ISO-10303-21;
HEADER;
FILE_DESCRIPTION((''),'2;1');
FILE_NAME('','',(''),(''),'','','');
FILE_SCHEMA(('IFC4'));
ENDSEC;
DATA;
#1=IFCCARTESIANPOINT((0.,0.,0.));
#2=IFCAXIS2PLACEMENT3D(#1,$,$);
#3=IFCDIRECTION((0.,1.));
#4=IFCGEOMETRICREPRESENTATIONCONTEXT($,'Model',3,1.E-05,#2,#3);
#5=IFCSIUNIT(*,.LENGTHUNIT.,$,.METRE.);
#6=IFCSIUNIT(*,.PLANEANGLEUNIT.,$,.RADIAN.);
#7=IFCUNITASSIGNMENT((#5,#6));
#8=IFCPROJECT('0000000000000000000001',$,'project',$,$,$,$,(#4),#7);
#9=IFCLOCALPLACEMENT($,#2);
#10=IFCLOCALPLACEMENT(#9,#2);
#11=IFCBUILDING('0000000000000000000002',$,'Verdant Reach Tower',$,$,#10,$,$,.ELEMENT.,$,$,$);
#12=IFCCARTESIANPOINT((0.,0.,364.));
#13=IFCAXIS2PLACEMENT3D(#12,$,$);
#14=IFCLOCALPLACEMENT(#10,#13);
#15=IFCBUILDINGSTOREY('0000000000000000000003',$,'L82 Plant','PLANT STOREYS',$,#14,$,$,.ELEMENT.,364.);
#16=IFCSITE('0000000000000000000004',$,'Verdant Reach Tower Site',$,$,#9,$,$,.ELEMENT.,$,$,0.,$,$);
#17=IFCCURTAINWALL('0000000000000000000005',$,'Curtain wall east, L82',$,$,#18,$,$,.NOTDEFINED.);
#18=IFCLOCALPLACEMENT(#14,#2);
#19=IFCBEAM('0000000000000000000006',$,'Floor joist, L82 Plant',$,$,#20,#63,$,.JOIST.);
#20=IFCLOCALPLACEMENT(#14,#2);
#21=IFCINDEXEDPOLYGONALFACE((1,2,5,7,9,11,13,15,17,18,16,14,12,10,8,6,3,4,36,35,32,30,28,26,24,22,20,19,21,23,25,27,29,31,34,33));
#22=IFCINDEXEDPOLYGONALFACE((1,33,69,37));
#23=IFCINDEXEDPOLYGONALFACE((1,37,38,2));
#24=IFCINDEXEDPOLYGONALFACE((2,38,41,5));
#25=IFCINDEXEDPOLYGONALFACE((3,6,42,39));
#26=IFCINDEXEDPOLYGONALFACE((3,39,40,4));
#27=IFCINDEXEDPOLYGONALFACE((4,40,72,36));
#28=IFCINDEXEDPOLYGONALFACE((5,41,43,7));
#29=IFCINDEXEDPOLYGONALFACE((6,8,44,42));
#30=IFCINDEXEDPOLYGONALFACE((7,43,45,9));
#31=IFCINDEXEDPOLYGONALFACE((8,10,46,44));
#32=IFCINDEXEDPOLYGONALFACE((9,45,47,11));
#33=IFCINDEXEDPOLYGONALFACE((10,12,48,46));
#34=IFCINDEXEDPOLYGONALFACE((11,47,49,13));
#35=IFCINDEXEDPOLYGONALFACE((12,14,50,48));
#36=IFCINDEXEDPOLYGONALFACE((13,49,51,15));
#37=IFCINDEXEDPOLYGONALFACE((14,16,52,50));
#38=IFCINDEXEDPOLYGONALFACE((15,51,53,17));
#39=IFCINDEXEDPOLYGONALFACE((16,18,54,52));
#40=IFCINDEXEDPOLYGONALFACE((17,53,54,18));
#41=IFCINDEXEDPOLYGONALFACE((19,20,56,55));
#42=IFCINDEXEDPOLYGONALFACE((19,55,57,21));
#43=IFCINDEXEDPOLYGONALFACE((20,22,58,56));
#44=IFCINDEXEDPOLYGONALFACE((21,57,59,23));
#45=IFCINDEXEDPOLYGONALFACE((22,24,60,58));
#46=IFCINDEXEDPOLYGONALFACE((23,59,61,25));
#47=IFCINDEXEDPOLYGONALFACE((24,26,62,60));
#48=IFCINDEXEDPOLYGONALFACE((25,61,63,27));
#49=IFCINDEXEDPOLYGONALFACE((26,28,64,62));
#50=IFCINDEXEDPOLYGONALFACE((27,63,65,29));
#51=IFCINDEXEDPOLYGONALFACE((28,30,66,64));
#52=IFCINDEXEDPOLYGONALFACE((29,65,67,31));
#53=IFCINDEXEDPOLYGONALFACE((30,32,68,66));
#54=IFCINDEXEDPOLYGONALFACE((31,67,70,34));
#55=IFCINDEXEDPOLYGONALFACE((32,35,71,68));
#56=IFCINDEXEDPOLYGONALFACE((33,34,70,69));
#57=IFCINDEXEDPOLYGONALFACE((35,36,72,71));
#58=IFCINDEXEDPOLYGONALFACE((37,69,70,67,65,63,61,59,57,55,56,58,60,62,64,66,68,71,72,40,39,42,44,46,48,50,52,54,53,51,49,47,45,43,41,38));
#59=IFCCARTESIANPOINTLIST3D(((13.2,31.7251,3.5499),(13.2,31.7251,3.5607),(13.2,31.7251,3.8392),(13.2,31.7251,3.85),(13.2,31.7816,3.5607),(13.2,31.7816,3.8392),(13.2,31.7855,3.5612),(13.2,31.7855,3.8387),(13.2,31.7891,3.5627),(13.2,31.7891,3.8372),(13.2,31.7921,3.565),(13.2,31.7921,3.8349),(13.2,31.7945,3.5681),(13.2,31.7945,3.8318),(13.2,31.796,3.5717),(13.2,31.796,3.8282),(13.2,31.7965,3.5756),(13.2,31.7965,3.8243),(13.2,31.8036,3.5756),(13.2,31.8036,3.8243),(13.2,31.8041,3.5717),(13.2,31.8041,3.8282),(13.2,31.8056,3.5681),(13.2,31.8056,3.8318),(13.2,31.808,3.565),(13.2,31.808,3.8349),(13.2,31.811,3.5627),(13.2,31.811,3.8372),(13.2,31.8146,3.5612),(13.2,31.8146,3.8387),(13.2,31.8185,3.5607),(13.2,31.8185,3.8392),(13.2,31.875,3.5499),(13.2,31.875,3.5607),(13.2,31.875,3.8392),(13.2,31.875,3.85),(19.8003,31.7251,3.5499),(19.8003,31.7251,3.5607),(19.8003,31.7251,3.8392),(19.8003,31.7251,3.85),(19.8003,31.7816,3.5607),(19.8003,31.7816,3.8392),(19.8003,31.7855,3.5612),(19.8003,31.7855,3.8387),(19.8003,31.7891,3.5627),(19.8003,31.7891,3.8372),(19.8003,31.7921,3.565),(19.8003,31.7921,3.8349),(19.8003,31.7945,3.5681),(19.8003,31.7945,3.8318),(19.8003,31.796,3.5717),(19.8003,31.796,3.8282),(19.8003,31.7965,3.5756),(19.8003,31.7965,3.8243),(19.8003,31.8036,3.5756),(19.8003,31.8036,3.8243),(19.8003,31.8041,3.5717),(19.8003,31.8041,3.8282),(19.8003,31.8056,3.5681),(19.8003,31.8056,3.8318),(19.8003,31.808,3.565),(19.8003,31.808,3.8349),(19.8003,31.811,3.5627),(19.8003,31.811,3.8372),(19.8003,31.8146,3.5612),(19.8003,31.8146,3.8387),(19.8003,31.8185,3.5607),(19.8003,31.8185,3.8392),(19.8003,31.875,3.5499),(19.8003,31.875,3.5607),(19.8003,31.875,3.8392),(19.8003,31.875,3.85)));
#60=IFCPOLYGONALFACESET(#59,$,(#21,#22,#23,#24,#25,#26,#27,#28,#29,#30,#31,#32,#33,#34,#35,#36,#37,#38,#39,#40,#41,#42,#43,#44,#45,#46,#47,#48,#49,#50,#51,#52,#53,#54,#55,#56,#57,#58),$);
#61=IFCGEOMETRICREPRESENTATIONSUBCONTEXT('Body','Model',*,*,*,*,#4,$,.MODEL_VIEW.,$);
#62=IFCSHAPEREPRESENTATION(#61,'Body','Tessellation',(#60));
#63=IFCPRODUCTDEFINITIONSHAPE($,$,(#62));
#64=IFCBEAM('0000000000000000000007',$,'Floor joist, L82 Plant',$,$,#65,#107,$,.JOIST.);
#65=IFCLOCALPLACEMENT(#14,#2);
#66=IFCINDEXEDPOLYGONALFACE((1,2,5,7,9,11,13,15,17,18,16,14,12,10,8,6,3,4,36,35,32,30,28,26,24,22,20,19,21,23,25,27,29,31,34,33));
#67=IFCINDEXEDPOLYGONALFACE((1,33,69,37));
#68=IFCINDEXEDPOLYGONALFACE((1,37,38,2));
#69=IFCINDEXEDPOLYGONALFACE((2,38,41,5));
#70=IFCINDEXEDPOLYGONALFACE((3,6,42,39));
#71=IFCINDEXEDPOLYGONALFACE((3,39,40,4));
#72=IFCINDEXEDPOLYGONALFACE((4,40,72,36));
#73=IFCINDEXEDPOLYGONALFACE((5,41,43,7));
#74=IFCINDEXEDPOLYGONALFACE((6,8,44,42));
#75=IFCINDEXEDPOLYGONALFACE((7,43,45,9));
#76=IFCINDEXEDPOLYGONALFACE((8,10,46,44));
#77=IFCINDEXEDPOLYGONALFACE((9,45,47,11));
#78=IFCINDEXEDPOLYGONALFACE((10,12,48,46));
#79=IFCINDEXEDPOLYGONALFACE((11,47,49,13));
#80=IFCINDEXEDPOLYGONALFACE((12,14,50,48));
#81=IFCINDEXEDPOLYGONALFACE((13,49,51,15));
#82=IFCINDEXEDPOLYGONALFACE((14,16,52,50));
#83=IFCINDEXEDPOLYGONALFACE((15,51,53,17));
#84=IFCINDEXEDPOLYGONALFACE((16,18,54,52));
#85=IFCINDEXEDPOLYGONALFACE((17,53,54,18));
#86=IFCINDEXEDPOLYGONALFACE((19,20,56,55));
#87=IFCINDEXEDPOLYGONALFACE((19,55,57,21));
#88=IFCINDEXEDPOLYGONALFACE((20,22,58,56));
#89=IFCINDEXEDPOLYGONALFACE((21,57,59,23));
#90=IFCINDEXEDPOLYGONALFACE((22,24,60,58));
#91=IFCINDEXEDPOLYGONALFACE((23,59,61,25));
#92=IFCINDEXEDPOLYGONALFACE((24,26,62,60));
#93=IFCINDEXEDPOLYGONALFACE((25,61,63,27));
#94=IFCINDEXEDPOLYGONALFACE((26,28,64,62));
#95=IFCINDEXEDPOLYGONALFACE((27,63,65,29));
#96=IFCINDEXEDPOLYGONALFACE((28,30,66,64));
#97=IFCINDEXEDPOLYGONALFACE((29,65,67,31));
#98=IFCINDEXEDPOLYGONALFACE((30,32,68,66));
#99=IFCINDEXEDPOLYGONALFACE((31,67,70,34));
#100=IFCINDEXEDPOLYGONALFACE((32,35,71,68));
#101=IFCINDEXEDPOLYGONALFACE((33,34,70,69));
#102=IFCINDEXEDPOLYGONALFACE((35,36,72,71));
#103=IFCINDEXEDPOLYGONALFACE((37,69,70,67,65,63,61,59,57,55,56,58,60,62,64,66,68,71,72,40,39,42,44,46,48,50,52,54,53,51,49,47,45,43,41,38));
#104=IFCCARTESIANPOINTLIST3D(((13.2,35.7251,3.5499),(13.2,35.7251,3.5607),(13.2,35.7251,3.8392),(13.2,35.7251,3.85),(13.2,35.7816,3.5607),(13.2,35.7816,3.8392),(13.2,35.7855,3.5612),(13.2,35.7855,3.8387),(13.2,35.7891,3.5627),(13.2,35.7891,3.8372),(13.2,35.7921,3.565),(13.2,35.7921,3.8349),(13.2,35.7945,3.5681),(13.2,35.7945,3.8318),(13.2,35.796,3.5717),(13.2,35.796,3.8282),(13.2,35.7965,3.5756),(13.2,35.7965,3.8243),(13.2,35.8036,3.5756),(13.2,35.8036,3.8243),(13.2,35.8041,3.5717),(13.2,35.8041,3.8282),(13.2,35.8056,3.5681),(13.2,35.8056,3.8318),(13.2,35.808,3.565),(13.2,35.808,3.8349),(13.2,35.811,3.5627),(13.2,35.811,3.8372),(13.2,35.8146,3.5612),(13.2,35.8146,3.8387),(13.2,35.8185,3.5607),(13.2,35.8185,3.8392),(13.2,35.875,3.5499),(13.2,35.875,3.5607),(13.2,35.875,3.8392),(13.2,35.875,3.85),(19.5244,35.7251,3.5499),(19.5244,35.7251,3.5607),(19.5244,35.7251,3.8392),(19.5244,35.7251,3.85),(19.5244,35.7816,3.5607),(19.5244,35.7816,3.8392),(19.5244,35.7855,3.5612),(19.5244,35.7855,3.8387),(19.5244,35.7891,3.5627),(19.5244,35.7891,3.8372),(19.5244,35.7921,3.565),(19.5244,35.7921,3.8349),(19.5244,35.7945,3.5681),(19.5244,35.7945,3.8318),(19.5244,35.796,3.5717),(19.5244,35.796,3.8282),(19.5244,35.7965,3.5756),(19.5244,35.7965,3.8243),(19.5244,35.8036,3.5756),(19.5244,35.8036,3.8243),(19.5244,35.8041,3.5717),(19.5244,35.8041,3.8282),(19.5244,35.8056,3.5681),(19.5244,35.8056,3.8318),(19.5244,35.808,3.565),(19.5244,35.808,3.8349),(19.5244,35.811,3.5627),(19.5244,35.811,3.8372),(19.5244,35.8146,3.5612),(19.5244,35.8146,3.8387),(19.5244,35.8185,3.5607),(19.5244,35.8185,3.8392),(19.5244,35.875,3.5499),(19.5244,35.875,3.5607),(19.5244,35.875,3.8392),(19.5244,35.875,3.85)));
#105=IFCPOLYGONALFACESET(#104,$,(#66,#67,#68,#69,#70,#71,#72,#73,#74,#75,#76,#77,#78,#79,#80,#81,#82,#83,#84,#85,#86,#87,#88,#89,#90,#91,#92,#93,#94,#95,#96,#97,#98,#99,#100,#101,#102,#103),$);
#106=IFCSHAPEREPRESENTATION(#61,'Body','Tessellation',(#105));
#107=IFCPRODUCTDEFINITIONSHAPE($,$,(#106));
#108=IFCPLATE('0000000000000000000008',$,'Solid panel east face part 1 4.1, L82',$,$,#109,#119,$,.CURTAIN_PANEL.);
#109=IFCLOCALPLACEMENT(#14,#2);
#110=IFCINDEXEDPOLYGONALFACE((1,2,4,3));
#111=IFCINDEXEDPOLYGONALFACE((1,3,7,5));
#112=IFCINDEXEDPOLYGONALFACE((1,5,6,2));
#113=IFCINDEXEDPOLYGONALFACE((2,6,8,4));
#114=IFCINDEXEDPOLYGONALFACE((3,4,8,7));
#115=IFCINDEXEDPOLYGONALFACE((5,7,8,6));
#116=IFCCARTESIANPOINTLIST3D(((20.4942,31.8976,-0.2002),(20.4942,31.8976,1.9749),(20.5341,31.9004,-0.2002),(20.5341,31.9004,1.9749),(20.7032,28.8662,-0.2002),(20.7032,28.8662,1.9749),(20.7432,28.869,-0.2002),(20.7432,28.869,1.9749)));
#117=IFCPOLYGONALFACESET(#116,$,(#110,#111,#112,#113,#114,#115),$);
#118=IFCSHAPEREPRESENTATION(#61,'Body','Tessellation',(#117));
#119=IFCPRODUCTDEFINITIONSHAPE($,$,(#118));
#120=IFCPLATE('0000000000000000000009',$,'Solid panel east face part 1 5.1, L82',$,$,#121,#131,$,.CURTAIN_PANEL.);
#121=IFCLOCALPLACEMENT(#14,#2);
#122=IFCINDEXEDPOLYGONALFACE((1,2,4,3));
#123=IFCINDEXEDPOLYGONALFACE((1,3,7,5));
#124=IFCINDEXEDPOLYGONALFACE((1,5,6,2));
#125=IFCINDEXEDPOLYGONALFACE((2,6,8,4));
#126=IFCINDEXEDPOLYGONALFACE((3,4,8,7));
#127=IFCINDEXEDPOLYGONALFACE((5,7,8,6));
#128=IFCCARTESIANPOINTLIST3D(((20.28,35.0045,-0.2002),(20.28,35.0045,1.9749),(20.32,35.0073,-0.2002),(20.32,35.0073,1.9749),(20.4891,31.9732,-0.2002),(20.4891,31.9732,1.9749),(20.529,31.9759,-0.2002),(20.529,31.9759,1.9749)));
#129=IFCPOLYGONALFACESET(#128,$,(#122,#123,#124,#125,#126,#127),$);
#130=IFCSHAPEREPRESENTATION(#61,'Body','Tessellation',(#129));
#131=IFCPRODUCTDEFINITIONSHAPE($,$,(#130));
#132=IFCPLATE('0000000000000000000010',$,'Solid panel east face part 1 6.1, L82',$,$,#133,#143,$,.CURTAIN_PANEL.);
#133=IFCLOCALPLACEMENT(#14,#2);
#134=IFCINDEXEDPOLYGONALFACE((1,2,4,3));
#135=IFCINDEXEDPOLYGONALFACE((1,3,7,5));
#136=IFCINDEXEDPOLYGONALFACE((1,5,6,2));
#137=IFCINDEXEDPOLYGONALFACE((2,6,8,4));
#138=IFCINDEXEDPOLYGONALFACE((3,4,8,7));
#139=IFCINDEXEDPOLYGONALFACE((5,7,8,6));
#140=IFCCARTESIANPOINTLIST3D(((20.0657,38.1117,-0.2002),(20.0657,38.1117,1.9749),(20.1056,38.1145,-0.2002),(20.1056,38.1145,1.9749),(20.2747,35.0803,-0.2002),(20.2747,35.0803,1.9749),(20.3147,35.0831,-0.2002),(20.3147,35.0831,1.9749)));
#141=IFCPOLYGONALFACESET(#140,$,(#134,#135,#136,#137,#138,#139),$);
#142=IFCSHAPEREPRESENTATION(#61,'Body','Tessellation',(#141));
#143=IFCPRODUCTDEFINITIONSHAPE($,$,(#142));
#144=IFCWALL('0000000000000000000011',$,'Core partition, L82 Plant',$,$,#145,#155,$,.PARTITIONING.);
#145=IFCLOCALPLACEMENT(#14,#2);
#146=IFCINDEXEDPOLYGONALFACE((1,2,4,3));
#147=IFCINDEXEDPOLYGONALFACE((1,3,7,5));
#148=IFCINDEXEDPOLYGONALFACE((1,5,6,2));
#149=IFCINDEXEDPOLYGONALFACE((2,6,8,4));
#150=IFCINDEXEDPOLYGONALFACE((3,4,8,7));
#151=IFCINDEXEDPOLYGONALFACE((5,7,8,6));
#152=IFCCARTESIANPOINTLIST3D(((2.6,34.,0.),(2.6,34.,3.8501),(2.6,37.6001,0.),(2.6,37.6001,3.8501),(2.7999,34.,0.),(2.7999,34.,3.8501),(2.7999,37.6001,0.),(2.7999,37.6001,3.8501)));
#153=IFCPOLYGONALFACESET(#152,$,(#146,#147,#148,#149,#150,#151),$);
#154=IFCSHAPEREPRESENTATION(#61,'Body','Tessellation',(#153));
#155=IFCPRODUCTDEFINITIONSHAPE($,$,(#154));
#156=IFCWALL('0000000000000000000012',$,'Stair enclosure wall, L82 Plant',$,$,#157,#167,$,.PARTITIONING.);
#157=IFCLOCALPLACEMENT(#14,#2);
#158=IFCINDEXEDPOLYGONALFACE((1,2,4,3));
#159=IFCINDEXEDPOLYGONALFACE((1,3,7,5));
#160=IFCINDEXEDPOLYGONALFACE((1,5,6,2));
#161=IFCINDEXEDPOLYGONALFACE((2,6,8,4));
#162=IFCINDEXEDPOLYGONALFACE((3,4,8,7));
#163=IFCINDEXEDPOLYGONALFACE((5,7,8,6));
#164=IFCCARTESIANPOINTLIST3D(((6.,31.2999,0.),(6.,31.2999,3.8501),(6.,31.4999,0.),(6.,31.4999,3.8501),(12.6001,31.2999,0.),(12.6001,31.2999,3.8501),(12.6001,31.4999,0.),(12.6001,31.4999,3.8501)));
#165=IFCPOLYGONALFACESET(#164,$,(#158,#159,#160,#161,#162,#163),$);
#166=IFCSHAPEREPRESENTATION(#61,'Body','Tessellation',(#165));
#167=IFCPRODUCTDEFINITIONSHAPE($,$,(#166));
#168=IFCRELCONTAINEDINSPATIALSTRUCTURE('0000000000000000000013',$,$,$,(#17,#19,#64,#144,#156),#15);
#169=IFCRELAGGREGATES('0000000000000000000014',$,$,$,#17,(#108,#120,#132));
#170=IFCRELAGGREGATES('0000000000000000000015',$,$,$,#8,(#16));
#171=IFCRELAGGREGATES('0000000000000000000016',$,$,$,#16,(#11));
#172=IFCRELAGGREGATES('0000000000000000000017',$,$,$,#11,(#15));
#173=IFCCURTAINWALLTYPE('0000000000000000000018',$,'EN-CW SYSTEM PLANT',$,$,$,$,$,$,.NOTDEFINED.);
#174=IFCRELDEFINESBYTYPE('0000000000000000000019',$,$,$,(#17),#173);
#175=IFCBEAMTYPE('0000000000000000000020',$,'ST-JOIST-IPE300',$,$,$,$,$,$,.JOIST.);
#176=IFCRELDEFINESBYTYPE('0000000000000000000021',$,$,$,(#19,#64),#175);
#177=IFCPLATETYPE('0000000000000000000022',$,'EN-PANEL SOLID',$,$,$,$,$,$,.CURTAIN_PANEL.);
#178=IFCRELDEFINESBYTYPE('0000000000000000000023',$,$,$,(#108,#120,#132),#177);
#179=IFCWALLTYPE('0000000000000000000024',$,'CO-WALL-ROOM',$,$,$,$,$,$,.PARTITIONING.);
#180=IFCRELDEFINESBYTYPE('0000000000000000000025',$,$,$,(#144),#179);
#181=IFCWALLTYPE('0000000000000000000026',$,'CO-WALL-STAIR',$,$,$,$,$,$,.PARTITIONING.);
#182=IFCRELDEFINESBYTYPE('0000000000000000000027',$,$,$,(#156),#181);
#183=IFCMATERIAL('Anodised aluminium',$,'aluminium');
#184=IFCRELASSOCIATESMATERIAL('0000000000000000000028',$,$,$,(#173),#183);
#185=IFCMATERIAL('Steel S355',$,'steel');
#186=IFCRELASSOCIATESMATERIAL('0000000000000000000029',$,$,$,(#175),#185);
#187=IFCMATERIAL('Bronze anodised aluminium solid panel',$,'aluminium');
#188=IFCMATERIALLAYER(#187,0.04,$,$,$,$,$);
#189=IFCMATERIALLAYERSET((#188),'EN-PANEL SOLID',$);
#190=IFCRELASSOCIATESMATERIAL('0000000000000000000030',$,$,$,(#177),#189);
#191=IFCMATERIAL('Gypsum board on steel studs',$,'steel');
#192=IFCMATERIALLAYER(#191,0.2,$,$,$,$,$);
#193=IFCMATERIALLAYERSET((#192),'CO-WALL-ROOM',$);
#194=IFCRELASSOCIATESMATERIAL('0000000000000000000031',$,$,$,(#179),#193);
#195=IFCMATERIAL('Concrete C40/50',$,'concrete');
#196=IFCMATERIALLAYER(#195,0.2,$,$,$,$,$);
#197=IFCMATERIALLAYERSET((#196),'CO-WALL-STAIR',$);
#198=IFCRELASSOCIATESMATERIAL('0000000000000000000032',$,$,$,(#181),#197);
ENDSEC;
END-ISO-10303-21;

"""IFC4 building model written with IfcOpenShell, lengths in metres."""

from ifc_helpers import new_model, si_unit, direction, frame, frame_2d, origin, origin_2d, place, context, subcontext, project, spatial, rectangle, i_section, extrude, material, layer, layer_set, material_profile, profile_set, type_object, element, aggregate, save


model = new_model("IFC4")

# Units and contexts
model_context = context("Model", 3, precision=1e-05, world=origin(), true_north=direction((0.0, 1.0)))
body_context = subcontext(model_context, "Body", "Model", "MODEL_VIEW")
ifc_project = project(units=[si_unit("LENGTHUNIT", "METRE"), si_unit("PLANEANGLEUNIT", "RADIAN")], contexts=[model_context])

# Site, building, storey
site_placement = place(None, origin())
site = spatial("IfcSite", under=ifc_project, at=site_placement, Name="Verdant Reach Tower Site", CompositionType="ELEMENT", RefElevation=0.0)
building_placement = place(site_placement, origin())
building = spatial("IfcBuilding", under=site, at=building_placement, Name="Verdant Reach Tower", CompositionType="ELEMENT")
storey_placement = place(building_placement, frame((0.0, 0.0, 364.0)))
storey = spatial("IfcBuildingStorey", under=building, at=storey_placement, Name="L82 Plant", Description="PLANT STOREYS", CompositionType="ELEMENT", Elevation=364.0)

# Curtain wall
ifc_material_1 = material(Name="Anodised aluminium", Category="aluminium")
curtain_wall_type = type_object("IfcCurtainWallType", Name="EN-CW SYSTEM PLANT", PredefinedType="NOTDEFINED", material=ifc_material_1)
curtain_wall_placement = place(storey_placement, origin())
curtain_wall = element("IfcCurtainWall", 1, at=curtain_wall_placement, inside=storey, type_object=curtain_wall_type, Name="Curtain wall east, L82", PredefinedType="NOTDEFINED")

# Beams
ifc_material_2 = material(Name="Steel S355", Category="steel")
ifc_material_profile_1 = material_profile(ifc_material_2, i_section(OverallWidth=0.1499, OverallDepth=0.3, WebThickness=0.0071, FlangeThickness=0.0107, FilletRadius=0.0149, at=origin_2d()), Name="IPE 300")
ifc_profile_set_1 = profile_set([ifc_material_profile_1], Name="Steel S355")
beam_type_1 = type_object("IfcBeamType", Name="ST-JOIST-IPE300", PredefinedType="JOIST", material=ifc_profile_set_1)
beam_1_placement = place(storey_placement, frame((13.2, 31.8, 3.7), z_axis=(1.0, 0.0, 0.0), x_axis=(0.0, 1.0, 0.0)))
element("IfcBeam", 2, at=beam_1_placement, inside=storey, type_object=beam_type_1, Name="Floor joist, L82 Plant", PredefinedType="JOIST", context=body_context, shape_type="SweptSolid", body=[
    extrude(i_section(OverallWidth=0.1499, OverallDepth=0.3, WebThickness=0.0071, FlangeThickness=0.0107, FilletRadius=0.0149, at=origin_2d()), origin(), (0.0, 0.0, 1.0), 6.6003),
])
beam_2_placement = place(storey_placement, frame((13.2, 35.8, 3.7), z_axis=(1.0, 0.0, 0.0), x_axis=(0.0, 1.0, 0.0)))
element("IfcBeam", 3, at=beam_2_placement, inside=storey, type_object=beam_type_1, Name="Floor joist, L82 Plant", PredefinedType="JOIST", context=body_context, shape_type="SweptSolid", body=[
    extrude(i_section(OverallWidth=0.1499, OverallDepth=0.3, WebThickness=0.0071, FlangeThickness=0.0107, FilletRadius=0.0149, at=origin_2d()), origin(), (0.0, 0.0, 1.0), 6.3245),
])

# Plates
ifc_material_3 = material(Name="Bronze anodised aluminium solid panel", Category="aluminium")
ifc_layer_1 = layer(ifc_material_3, 0.04)
ifc_layer_set_1 = layer_set([ifc_layer_1], Name="EN-PANEL SOLID")
plate_type = type_object("IfcPlateType", Name="EN-PANEL SOLID", PredefinedType="CURTAIN_PANEL", material=ifc_layer_set_1)
plate_1_placement = place(storey_placement, frame((20.6187, 30.3833, -0.2002), z_axis=(0.0, 0.0, 1.0), x_axis=(-0.068802, 0.99763, 0.0)))
plate_1 = element("IfcPlate", 4, at=plate_1_placement, type_object=plate_type, Name="Solid panel east face part 1 4.1, L82", PredefinedType="CURTAIN_PANEL", context=body_context, shape_type="SweptSolid", body=[
    extrude(rectangle(XDim=3.0386, YDim=0.04, at=origin_2d()), origin(), (0.0, 0.0, 1.0), 2.175),
])
plate_2_placement = place(storey_placement, frame((20.4045, 33.4902, -0.2002), z_axis=(0.0, 0.0, 1.0), x_axis=(-0.068802, 0.99763, 0.0)))
plate_2 = element("IfcPlate", 5, at=plate_2_placement, type_object=plate_type, Name="Solid panel east face part 1 5.1, L82", PredefinedType="CURTAIN_PANEL", context=body_context, shape_type="SweptSolid", body=[
    extrude(rectangle(XDim=3.0386, YDim=0.04, at=origin_2d()), origin(), (0.0, 0.0, 1.0), 2.175),
])
plate_3_placement = place(storey_placement, frame((20.1902, 36.5974, -0.2002), z_axis=(0.0, 0.0, 1.0), x_axis=(-0.068802, 0.99763, 0.0)))
plate_3 = element("IfcPlate", 6, at=plate_3_placement, type_object=plate_type, Name="Solid panel east face part 1 6.1, L82", PredefinedType="CURTAIN_PANEL", context=body_context, shape_type="SweptSolid", body=[
    extrude(rectangle(XDim=3.0386, YDim=0.04, at=origin_2d()), origin(), (0.0, 0.0, 1.0), 2.175),
])

# Walls
ifc_material_4 = material(Name="Gypsum board on steel studs", Category="steel")
ifc_layer_2 = layer(ifc_material_4, 0.2)
ifc_layer_set_2 = layer_set([ifc_layer_2], Name="CO-WALL-ROOM")
wall_type_1 = type_object("IfcWallType", Name="CO-WALL-ROOM", PredefinedType="PARTITIONING", material=ifc_layer_set_2)
wall_1_placement = place(storey_placement, frame((2.7, 34.0, 0.0), z_axis=(0.0, 0.0, 1.0), x_axis=(0.0, 1.0, 0.0)))
element("IfcWall", 7, at=wall_1_placement, inside=storey, type_object=wall_type_1, Name="Core partition, L82 Plant", PredefinedType="PARTITIONING", context=body_context, shape_type="SweptSolid", body=[
    extrude(rectangle(XDim=3.6001, YDim=0.2, at=frame_2d((1.8, 0.0))), origin(), (0.0, 0.0, 1.0), 3.8501),
])
ifc_material_5 = material(Name="Concrete C40/50", Category="concrete")
ifc_layer_3 = layer(ifc_material_5, 0.2)
ifc_layer_set_3 = layer_set([ifc_layer_3], Name="CO-WALL-STAIR")
wall_type_2 = type_object("IfcWallType", Name="CO-WALL-STAIR", PredefinedType="PARTITIONING", material=ifc_layer_set_3)
wall_2_placement = place(storey_placement, frame((6.0, 31.3999, 0.0), z_axis=(0.0, 0.0, 1.0), x_axis=(1.0, 0.0, 0.0)))
element("IfcWall", 8, at=wall_2_placement, inside=storey, type_object=wall_type_2, Name="Stair enclosure wall, L82 Plant", PredefinedType="PARTITIONING", context=body_context, shape_type="SweptSolid", body=[
    extrude(rectangle(XDim=6.6001, YDim=0.2, at=frame_2d((3.3, 0.0))), origin(), (0.0, 0.0, 1.0), 3.8501),
])

aggregate(curtain_wall, [plate_1, plate_2, plate_3])

save(model, "model.ifc")
